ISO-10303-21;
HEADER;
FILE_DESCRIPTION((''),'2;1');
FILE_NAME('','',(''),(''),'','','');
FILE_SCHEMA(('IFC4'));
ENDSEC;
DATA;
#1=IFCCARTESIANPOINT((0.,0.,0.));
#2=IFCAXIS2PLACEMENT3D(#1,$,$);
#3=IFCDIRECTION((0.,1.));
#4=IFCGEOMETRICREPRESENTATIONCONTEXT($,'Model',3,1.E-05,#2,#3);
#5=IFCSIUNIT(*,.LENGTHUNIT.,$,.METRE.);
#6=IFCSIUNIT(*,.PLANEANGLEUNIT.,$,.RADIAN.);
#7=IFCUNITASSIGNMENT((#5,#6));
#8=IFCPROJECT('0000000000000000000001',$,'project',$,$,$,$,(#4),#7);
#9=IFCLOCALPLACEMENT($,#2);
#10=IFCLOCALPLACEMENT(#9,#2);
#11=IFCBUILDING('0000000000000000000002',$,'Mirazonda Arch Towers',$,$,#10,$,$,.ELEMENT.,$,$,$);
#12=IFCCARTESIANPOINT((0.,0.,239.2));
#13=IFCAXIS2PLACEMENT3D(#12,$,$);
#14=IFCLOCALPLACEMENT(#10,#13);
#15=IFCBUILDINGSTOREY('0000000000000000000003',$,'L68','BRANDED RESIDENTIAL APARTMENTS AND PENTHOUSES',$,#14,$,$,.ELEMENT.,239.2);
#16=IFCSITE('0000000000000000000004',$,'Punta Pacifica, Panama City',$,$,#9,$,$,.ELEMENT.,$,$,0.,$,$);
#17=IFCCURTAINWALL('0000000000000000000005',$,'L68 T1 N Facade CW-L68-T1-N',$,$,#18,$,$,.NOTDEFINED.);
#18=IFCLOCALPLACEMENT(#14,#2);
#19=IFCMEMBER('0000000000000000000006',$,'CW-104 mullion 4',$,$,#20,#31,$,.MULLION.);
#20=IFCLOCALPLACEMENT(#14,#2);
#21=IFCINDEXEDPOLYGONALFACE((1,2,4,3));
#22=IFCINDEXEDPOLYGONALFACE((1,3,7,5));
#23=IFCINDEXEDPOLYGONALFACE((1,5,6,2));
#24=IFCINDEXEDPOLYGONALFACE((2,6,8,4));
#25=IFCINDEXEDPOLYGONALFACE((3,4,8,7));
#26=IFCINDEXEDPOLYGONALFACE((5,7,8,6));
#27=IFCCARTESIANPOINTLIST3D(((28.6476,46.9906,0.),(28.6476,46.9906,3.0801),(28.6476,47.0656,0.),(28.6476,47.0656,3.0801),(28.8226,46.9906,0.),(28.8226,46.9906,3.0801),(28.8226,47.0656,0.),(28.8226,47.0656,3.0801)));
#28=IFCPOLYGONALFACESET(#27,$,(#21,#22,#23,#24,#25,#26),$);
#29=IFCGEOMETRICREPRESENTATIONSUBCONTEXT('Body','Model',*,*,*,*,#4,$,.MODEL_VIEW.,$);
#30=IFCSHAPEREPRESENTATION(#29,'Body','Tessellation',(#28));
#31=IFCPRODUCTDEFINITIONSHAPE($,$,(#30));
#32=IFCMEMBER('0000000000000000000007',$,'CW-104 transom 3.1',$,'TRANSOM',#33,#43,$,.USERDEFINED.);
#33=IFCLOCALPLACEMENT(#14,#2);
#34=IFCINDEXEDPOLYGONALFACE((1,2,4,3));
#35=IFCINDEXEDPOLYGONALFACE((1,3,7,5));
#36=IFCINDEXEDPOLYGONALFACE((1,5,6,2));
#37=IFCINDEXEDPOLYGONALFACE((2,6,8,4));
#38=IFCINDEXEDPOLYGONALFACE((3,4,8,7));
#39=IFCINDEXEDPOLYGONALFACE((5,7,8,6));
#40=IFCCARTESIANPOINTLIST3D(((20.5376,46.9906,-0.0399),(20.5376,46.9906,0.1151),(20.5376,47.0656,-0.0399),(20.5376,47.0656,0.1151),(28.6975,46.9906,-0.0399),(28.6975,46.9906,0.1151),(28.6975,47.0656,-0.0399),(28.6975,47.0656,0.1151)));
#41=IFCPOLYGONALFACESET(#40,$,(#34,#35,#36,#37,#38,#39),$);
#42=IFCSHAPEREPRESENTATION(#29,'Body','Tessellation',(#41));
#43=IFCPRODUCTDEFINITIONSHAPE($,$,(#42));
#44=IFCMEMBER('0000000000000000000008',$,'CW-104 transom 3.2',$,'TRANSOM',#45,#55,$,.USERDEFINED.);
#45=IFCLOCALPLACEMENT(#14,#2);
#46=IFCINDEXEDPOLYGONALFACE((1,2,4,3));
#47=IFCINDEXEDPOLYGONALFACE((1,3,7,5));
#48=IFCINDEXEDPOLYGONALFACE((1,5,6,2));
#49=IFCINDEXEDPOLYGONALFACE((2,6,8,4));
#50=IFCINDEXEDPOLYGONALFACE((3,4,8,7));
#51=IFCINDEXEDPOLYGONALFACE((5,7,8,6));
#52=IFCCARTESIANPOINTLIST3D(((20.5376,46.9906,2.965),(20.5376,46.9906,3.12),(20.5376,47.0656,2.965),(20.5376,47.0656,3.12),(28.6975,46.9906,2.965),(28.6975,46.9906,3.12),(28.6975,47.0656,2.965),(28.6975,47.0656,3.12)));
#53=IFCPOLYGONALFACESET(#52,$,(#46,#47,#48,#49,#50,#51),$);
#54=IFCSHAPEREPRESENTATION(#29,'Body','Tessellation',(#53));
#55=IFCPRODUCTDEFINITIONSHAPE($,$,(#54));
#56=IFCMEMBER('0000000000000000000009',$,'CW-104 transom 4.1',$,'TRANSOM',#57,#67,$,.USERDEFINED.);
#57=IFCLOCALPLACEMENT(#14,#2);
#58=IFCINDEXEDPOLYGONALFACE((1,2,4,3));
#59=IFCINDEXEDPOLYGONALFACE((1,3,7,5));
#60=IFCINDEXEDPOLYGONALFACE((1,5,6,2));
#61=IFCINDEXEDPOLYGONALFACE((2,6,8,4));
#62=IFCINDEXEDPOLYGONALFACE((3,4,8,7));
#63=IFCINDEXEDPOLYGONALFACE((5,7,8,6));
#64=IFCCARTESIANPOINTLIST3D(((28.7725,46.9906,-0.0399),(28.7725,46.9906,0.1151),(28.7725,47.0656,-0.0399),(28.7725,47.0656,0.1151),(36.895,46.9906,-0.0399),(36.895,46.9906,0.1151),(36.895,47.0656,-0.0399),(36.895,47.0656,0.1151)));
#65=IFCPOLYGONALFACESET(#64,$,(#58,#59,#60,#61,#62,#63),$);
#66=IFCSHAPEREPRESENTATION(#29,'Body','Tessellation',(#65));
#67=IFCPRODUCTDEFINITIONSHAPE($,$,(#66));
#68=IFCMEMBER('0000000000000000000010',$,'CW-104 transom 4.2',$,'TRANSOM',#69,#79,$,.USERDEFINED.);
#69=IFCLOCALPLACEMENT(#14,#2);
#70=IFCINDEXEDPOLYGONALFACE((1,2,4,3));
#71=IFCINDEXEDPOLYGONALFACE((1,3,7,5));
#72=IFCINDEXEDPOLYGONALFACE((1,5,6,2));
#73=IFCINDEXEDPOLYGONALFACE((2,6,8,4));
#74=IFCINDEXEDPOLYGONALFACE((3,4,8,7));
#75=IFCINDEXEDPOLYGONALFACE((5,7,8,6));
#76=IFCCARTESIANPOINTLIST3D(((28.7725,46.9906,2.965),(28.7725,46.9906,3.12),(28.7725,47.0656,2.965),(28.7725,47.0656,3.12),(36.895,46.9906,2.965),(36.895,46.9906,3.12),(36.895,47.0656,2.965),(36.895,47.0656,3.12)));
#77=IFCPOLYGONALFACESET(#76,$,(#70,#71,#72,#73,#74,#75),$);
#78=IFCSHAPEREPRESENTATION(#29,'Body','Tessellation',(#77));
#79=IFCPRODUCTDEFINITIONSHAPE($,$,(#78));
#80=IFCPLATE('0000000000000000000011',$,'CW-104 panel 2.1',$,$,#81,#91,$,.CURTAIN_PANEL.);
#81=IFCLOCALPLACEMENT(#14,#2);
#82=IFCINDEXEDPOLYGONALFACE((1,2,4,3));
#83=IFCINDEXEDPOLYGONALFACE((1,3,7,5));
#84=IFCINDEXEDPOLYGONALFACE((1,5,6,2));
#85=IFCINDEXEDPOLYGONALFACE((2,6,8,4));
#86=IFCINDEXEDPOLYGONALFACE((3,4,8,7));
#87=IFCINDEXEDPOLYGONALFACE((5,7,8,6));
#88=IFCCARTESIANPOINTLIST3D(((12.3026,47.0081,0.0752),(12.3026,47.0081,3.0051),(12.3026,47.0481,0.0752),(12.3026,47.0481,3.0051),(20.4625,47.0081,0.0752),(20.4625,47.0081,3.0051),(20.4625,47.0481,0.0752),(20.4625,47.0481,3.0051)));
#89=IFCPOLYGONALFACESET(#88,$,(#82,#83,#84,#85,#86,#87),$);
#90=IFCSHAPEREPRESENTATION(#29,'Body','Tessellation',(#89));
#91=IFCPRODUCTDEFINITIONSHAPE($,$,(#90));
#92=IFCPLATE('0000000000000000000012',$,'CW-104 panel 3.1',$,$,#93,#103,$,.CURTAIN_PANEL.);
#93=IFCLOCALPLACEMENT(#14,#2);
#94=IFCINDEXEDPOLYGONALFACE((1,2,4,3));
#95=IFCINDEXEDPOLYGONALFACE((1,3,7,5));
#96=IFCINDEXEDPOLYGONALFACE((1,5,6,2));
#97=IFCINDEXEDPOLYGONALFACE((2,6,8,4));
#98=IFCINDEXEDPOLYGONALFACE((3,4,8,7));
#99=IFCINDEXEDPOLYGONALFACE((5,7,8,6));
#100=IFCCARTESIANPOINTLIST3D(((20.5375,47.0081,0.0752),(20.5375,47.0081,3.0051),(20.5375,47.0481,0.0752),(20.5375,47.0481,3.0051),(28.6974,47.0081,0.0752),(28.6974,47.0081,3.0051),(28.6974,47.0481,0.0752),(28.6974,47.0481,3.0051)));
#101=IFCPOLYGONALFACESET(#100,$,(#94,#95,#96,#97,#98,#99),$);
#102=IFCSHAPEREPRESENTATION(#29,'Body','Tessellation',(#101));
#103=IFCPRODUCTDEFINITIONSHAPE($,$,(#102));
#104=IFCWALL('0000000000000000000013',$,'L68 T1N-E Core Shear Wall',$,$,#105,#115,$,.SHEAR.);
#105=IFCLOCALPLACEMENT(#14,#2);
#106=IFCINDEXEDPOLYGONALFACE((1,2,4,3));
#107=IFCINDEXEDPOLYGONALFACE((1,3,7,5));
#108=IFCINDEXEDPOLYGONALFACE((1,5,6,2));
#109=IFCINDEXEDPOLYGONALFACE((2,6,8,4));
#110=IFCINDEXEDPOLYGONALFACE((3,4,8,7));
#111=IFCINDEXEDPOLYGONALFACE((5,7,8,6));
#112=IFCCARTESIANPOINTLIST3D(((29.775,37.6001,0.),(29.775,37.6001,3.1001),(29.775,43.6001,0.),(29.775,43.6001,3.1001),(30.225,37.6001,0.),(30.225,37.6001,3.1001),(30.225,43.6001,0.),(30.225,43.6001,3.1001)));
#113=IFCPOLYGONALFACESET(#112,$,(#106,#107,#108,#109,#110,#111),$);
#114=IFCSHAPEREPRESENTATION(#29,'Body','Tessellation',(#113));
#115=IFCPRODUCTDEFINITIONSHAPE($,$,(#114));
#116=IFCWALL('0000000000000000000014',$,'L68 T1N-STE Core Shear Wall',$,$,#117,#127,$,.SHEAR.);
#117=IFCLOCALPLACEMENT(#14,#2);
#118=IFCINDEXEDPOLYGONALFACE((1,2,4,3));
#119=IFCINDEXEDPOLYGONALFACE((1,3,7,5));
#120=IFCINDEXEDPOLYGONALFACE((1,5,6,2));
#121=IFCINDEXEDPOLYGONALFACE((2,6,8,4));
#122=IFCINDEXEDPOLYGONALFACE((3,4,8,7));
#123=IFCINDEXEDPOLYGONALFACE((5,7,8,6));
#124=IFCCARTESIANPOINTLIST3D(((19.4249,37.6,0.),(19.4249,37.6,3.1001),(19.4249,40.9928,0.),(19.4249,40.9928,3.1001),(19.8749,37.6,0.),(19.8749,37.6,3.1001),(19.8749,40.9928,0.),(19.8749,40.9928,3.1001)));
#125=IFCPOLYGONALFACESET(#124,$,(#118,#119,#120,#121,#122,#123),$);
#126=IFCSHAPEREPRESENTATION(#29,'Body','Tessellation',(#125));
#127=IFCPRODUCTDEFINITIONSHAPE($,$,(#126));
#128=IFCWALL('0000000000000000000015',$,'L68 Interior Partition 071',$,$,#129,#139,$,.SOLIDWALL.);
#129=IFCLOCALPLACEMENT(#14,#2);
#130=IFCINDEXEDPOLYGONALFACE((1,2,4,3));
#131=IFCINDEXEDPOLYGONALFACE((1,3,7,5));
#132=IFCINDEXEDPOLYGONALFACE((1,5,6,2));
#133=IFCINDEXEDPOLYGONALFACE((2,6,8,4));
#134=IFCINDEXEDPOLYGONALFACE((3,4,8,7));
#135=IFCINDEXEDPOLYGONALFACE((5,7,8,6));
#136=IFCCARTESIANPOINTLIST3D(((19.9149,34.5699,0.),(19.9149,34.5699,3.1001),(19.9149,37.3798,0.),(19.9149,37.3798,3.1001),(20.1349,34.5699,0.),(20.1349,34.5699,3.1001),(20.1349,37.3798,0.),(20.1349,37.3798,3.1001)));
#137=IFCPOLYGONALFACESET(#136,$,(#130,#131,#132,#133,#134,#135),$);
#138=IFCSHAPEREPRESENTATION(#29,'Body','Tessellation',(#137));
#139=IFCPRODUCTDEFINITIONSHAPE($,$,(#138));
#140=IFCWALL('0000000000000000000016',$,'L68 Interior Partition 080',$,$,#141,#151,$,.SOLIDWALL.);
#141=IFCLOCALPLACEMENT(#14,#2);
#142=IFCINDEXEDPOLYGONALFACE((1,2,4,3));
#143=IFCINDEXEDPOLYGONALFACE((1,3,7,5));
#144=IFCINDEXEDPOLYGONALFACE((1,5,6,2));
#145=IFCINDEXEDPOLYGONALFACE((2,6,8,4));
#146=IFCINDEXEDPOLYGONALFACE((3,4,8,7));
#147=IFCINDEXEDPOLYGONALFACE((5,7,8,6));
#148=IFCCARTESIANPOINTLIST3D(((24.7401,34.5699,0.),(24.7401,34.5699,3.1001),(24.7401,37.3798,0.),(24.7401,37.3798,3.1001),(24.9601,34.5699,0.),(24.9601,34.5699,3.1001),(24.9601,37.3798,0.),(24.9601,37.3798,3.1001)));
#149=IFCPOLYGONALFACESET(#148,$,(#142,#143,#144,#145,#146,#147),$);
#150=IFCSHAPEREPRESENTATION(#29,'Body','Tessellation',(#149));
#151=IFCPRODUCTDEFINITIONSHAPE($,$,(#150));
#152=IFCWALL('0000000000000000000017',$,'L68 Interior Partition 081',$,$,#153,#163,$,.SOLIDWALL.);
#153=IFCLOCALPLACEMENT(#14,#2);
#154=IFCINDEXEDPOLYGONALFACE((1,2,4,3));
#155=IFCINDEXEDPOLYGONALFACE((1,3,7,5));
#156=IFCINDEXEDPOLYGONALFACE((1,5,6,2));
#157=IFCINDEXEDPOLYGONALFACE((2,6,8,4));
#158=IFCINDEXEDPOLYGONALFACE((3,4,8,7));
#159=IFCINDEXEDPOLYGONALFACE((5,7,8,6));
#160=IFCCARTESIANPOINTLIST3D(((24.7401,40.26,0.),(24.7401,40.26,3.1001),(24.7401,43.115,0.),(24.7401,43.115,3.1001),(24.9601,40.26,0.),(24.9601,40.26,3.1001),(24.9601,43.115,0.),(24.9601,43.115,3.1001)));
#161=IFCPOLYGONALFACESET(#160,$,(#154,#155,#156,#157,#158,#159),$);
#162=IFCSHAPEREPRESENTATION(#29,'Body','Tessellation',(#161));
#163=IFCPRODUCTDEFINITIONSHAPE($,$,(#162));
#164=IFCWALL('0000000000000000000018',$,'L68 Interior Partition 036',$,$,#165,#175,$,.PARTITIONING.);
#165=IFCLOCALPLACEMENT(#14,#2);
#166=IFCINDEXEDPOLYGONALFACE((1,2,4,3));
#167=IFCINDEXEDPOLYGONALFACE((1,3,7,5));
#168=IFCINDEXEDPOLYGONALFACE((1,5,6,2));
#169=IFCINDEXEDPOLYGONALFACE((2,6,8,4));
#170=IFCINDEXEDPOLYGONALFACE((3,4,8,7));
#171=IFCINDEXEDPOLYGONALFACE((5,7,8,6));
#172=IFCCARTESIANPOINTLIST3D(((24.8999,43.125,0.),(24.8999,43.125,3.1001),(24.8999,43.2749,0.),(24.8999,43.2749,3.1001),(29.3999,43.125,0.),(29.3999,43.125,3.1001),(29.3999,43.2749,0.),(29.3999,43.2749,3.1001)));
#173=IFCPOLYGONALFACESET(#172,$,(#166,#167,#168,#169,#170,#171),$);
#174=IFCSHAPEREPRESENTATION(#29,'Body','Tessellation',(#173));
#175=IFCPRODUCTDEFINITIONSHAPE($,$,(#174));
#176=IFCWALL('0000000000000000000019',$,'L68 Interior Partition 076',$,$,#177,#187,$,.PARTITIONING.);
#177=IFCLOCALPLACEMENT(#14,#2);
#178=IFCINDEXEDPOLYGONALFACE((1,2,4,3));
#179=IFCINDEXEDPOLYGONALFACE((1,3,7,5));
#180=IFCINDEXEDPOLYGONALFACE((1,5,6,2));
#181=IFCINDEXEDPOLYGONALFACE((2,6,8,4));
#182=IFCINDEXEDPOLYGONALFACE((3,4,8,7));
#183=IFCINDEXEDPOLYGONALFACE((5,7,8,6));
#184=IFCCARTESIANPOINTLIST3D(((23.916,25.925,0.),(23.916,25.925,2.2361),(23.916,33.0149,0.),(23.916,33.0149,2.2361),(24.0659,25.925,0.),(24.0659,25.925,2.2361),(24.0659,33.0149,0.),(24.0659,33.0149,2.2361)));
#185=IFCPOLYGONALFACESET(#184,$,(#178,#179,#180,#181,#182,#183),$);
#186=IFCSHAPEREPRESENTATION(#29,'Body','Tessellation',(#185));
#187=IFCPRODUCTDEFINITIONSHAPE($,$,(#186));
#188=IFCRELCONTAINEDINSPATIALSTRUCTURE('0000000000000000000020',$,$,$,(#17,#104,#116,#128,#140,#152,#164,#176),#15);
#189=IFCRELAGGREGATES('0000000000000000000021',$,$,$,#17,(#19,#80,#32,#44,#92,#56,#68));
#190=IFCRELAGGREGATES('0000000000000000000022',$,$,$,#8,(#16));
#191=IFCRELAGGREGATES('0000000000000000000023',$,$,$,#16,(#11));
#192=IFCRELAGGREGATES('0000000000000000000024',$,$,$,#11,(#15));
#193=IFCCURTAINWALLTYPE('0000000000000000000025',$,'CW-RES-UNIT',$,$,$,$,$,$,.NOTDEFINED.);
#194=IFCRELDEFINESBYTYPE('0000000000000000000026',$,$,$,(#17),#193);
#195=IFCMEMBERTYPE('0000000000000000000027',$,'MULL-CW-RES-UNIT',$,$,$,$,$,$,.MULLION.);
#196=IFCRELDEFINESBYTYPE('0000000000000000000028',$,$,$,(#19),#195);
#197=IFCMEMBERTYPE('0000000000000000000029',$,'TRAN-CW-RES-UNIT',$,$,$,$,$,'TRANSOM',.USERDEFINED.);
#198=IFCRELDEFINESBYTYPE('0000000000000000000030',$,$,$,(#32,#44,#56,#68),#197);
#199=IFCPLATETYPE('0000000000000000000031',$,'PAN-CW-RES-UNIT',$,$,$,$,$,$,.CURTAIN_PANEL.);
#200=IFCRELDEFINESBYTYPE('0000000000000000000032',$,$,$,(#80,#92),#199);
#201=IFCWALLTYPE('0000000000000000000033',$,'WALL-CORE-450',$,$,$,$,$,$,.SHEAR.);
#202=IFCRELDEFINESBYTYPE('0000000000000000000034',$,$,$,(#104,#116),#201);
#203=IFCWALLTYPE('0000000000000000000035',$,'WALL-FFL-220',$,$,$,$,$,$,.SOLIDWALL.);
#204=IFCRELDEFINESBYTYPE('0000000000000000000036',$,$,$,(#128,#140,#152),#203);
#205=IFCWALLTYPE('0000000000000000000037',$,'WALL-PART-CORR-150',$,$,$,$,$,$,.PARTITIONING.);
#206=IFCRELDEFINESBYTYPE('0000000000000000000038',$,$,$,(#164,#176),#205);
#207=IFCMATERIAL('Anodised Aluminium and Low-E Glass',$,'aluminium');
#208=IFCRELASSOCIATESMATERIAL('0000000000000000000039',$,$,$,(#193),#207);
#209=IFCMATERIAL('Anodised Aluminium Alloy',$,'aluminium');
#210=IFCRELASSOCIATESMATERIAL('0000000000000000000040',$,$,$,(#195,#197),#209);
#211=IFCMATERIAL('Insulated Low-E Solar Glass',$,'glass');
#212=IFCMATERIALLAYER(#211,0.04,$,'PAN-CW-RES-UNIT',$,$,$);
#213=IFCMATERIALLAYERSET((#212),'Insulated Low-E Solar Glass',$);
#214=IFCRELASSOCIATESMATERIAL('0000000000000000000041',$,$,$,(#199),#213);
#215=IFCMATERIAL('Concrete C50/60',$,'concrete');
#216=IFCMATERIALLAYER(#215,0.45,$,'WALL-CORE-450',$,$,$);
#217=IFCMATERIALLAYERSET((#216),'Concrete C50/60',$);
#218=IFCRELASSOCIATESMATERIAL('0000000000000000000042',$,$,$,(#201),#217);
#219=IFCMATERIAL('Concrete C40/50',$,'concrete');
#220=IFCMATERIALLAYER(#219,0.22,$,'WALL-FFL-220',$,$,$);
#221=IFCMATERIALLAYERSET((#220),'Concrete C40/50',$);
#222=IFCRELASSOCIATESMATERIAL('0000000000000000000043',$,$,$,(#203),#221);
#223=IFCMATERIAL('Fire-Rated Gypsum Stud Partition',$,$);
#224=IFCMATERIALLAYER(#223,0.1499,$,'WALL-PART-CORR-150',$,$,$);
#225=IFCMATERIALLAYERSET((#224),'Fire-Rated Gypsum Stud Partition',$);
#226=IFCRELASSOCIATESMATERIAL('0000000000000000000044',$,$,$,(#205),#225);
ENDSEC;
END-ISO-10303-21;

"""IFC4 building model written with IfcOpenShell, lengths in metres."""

from ifc_helpers import new_model, si_unit, direction, frame, frame_2d, origin, origin_2d, place, context, subcontext, project, spatial, rectangle, extrude, material, layer, layer_set, material_profile, profile_set, type_object, element, aggregate, save


model = new_model("IFC4")

# Units and contexts
model_context = context("Model", 3, precision=1e-05, world=origin(), true_north=direction((0.0, 1.0)))
body_context = subcontext(model_context, "Body", "Model", "MODEL_VIEW")
ifc_project = project(units=[si_unit("LENGTHUNIT", "METRE"), si_unit("PLANEANGLEUNIT", "RADIAN")], contexts=[model_context])

# Site, building, storey
site_placement = place(None, origin())
site = spatial("IfcSite", under=ifc_project, at=site_placement, Name="Punta Pacifica, Panama City", CompositionType="ELEMENT", RefElevation=0.0)
building_placement = place(site_placement, origin())
building = spatial("IfcBuilding", under=site, at=building_placement, Name="Mirazonda Arch Towers", CompositionType="ELEMENT")
storey_placement = place(building_placement, frame((0.0, 0.0, 239.2)))
storey = spatial("IfcBuildingStorey", under=building, at=storey_placement, Name="L68", Description="BRANDED RESIDENTIAL APARTMENTS AND PENTHOUSES", CompositionType="ELEMENT", Elevation=239.2)

# Shared definitions
ifc_material_1 = material(Name="Concrete C50/60", Category="concrete")

# Curtain wall, members, plates
ifc_material_2 = material(Name="Anodised Aluminium and Low-E Glass", Category="aluminium")
curtain_wall_type = type_object("IfcCurtainWallType", Name="CW-RES-UNIT", PredefinedType="NOTDEFINED", material=ifc_material_2)
curtain_wall_placement = place(storey_placement, origin())
curtain_wall = element("IfcCurtainWall", 1, at=curtain_wall_placement, inside=storey, type_object=curtain_wall_type, Name="L68 T1 N Facade CW-L68-T1-N", PredefinedType="NOTDEFINED")
ifc_material_3 = material(Name="Anodised Aluminium Alloy", Category="aluminium")
ifc_material_profile_1 = material_profile(ifc_material_3, rectangle(XDim=0.075, YDim=0.175, at=origin_2d()), Name="ALU-MULL-75x175")
ifc_profile_set_1 = profile_set([ifc_material_profile_1], Name="Anodised Aluminium Alloy")
member_type_1 = type_object("IfcMemberType", Name="MULL-CW-RES-UNIT", PredefinedType="MULLION", material=ifc_profile_set_1)
member_1_placement = place(storey_placement, frame((28.7351, 47.0281, 0.0), z_axis=(0.0, 0.0, 1.0), x_axis=(0.0, 1.0, 0.0)))
member_1 = element("IfcMember", 2, at=member_1_placement, type_object=member_type_1, Name="CW-104 mullion 4", PredefinedType="MULLION", context=body_context, shape_type="SweptSolid", body=[
    extrude(rectangle(XDim=0.075, YDim=0.175, at=origin_2d()), origin(), (0.0, 0.0, 1.0), 3.0801),
])
ifc_material_profile_2 = material_profile(ifc_material_3, rectangle(XDim=0.075, YDim=0.155, at=origin_2d()), Name="ALU-TRAN-75x155")
ifc_profile_set_2 = profile_set([ifc_material_profile_2], Name="Anodised Aluminium Alloy")
member_type_2 = type_object("IfcMemberType", Name="TRAN-CW-RES-UNIT", ElementType="TRANSOM", PredefinedType="USERDEFINED", material=ifc_profile_set_2)
member_2_placement = place(storey_placement, frame((20.5376, 47.0281, 0.0376), z_axis=(1.0, 0.0, 0.0), x_axis=(0.0, 1.0, 0.0)))
member_2 = element("IfcMember", 3, at=member_2_placement, type_object=member_type_2, Name="CW-104 transom 3.1", ObjectType="TRANSOM", PredefinedType="USERDEFINED", context=body_context, shape_type="SweptSolid", body=[
    extrude(rectangle(XDim=0.075, YDim=0.155, at=origin_2d()), origin(), (0.0, 0.0, 1.0), 8.1599),
])
member_3_placement = place(storey_placement, frame((20.5376, 47.0281, 3.0425), z_axis=(1.0, 0.0, 0.0), x_axis=(0.0, 1.0, 0.0)))
member_3 = element("IfcMember", 4, at=member_3_placement, type_object=member_type_2, Name="CW-104 transom 3.2", ObjectType="TRANSOM", PredefinedType="USERDEFINED", context=body_context, shape_type="SweptSolid", body=[
    extrude(rectangle(XDim=0.075, YDim=0.155, at=origin_2d()), origin(), (0.0, 0.0, 1.0), 8.1599),
])
member_4_placement = place(storey_placement, frame((28.7725, 47.0281, 0.0376), z_axis=(1.0, 0.0, 0.0), x_axis=(0.0, 1.0, 0.0)))
member_4 = element("IfcMember", 5, at=member_4_placement, type_object=member_type_2, Name="CW-104 transom 4.1", ObjectType="TRANSOM", PredefinedType="USERDEFINED", context=body_context, shape_type="SweptSolid", body=[
    extrude(rectangle(XDim=0.075, YDim=0.155, at=origin_2d()), origin(), (0.0, 0.0, 1.0), 8.1226),
])
member_5_placement = place(storey_placement, frame((28.7725, 47.0281, 3.0425), z_axis=(1.0, 0.0, 0.0), x_axis=(0.0, 1.0, 0.0)))
member_5 = element("IfcMember", 6, at=member_5_placement, type_object=member_type_2, Name="CW-104 transom 4.2", ObjectType="TRANSOM", PredefinedType="USERDEFINED", context=body_context, shape_type="SweptSolid", body=[
    extrude(rectangle(XDim=0.075, YDim=0.155, at=origin_2d()), origin(), (0.0, 0.0, 1.0), 8.1226),
])
ifc_material_4 = material(Name="Insulated Low-E Solar Glass", Category="glass")
ifc_layer_1 = layer(ifc_material_4, 0.04, Name="PAN-CW-RES-UNIT")
ifc_layer_set_1 = layer_set([ifc_layer_1], Name="Insulated Low-E Solar Glass")
plate_type = type_object("IfcPlateType", Name="PAN-CW-RES-UNIT", PredefinedType="CURTAIN_PANEL", material=ifc_layer_set_1)
plate_1_placement = place(storey_placement, frame((16.3826, 47.0281, 0.0752), z_axis=(0.0, 0.0, 1.0), x_axis=(1.0, 0.0, 0.0)))
plate_1 = element("IfcPlate", 7, at=plate_1_placement, type_object=plate_type, Name="CW-104 panel 2.1", PredefinedType="CURTAIN_PANEL", context=body_context, shape_type="SweptSolid", body=[
    extrude(rectangle(XDim=8.1599, YDim=0.04, at=origin_2d()), origin(), (0.0, 0.0, 1.0), 2.9299),
])
plate_2_placement = place(storey_placement, frame((24.6174, 47.0281, 0.0752), z_axis=(0.0, 0.0, 1.0), x_axis=(1.0, 0.0, 0.0)))
plate_2 = element("IfcPlate", 8, at=plate_2_placement, type_object=plate_type, Name="CW-104 panel 3.1", PredefinedType="CURTAIN_PANEL", context=body_context, shape_type="SweptSolid", body=[
    extrude(rectangle(XDim=8.1599, YDim=0.04, at=origin_2d()), origin(), (0.0, 0.0, 1.0), 2.9299),
])
aggregate(curtain_wall, [member_1, plate_1, member_2, member_3, plate_2, member_4, member_5])

# Walls
ifc_layer_2 = layer(ifc_material_1, 0.45, Name="WALL-CORE-450")
ifc_layer_set_2 = layer_set([ifc_layer_2], Name="Concrete C50/60")
wall_type_1 = type_object("IfcWallType", Name="WALL-CORE-450", PredefinedType="SHEAR", material=ifc_layer_set_2)
wall_1_placement = place(storey_placement, frame((30.0, 37.6001, 0.0), z_axis=(0.0, 0.0, 1.0), x_axis=(0.0, 1.0, 0.0)))
element("IfcWall", 9, at=wall_1_placement, inside=storey, type_object=wall_type_1, Name="L68 T1N-E Core Shear Wall", PredefinedType="SHEAR", context=body_context, shape_type="SweptSolid", body=[
    extrude(rectangle(XDim=6.0, YDim=0.45, at=frame_2d((3.0, 0.0))), origin(), (0.0, 0.0, 1.0), 3.1001),
])
wall_2_placement = place(storey_placement, frame((19.6499, 37.6001, 0.0), z_axis=(0.0, 0.0, 1.0), x_axis=(0.0, 1.0, 0.0)))
element("IfcWall", 10, at=wall_2_placement, inside=storey, type_object=wall_type_1, Name="L68 T1N-STE Core Shear Wall", PredefinedType="SHEAR", context=body_context, shape_type="SweptSolid", body=[
    extrude(rectangle(XDim=3.3928, YDim=0.45, at=frame_2d((1.6963, 0.0))), origin(), (0.0, 0.0, 1.0), 3.1001),
])
ifc_material_5 = material(Name="Concrete C40/50", Category="concrete")
ifc_layer_3 = layer(ifc_material_5, 0.22, Name="WALL-FFL-220")
ifc_layer_set_3 = layer_set([ifc_layer_3], Name="Concrete C40/50")
wall_type_2 = type_object("IfcWallType", Name="WALL-FFL-220", PredefinedType="SOLIDWALL", material=ifc_layer_set_3)
for number, where, z_axis, x_axis, name in (
    (11, (20.0249, 34.5701, 0.0), (0.0, 0.0, 1.0), (0.0, 1.0, 0.0), "L68 Interior Partition 071"),
    (12, (24.8501, 34.5701, 0.0), (0.0, 0.0, 1.0), (0.0, 1.0, 0.0), "L68 Interior Partition 080"),
):
    element("IfcWall", number, at=place(storey_placement, frame(where, z_axis=z_axis, x_axis=x_axis)), inside=storey, type_object=wall_type_2, Name=name, PredefinedType="SOLIDWALL", context=body_context, shape_type="SweptSolid", body=[
        extrude(rectangle(XDim=2.8098, YDim=0.22, at=frame_2d((1.4048, 0.0))), origin(), (0.0, 0.0, 1.0), 3.1001),
    ])
wall_3_placement = place(storey_placement, frame((24.8501, 40.26, 0.0), z_axis=(0.0, 0.0, 1.0), x_axis=(0.0, 1.0, 0.0)))
element("IfcWall", 13, at=wall_3_placement, inside=storey, type_object=wall_type_2, Name="L68 Interior Partition 081", PredefinedType="SOLIDWALL", context=body_context, shape_type="SweptSolid", body=[
    extrude(rectangle(XDim=2.855, YDim=0.22, at=frame_2d((1.4275, 0.0))), origin(), (0.0, 0.0, 1.0), 3.1001),
])
ifc_material_6 = material(Name="Fire-Rated Gypsum Stud Partition")
ifc_layer_4 = layer(ifc_material_6, 0.1499, Name="WALL-PART-CORR-150")
ifc_layer_set_4 = layer_set([ifc_layer_4], Name="Fire-Rated Gypsum Stud Partition")
wall_type_3 = type_object("IfcWallType", Name="WALL-PART-CORR-150", PredefinedType="PARTITIONING", material=ifc_layer_set_4)
wall_4_placement = place(storey_placement, frame((24.8999, 43.2, 0.0), z_axis=(0.0, 0.0, 1.0), x_axis=(1.0, 0.0, 0.0)))
element("IfcWall", 14, at=wall_4_placement, inside=storey, type_object=wall_type_3, Name="L68 Interior Partition 036", PredefinedType="PARTITIONING", context=body_context, shape_type="SweptSolid", body=[
    extrude(rectangle(XDim=4.5, YDim=0.1499, at=frame_2d((2.25, 0.0))), origin(), (0.0, 0.0, 1.0), 3.1001),
])
wall_5_placement = place(storey_placement, frame((23.991, 25.925, 0.0), z_axis=(0.0, 0.0, 1.0), x_axis=(0.0, 1.0, 0.0)))
element("IfcWall", 15, at=wall_5_placement, inside=storey, type_object=wall_type_3, Name="L68 Interior Partition 076", PredefinedType="PARTITIONING", context=body_context, shape_type="SweptSolid", body=[
    extrude(rectangle(XDim=7.0898, YDim=0.1499, at=frame_2d((3.5449, 0.0))), origin(), (0.0, 0.0, 1.0), 2.2361),
])

save(model, "model.ifc")
